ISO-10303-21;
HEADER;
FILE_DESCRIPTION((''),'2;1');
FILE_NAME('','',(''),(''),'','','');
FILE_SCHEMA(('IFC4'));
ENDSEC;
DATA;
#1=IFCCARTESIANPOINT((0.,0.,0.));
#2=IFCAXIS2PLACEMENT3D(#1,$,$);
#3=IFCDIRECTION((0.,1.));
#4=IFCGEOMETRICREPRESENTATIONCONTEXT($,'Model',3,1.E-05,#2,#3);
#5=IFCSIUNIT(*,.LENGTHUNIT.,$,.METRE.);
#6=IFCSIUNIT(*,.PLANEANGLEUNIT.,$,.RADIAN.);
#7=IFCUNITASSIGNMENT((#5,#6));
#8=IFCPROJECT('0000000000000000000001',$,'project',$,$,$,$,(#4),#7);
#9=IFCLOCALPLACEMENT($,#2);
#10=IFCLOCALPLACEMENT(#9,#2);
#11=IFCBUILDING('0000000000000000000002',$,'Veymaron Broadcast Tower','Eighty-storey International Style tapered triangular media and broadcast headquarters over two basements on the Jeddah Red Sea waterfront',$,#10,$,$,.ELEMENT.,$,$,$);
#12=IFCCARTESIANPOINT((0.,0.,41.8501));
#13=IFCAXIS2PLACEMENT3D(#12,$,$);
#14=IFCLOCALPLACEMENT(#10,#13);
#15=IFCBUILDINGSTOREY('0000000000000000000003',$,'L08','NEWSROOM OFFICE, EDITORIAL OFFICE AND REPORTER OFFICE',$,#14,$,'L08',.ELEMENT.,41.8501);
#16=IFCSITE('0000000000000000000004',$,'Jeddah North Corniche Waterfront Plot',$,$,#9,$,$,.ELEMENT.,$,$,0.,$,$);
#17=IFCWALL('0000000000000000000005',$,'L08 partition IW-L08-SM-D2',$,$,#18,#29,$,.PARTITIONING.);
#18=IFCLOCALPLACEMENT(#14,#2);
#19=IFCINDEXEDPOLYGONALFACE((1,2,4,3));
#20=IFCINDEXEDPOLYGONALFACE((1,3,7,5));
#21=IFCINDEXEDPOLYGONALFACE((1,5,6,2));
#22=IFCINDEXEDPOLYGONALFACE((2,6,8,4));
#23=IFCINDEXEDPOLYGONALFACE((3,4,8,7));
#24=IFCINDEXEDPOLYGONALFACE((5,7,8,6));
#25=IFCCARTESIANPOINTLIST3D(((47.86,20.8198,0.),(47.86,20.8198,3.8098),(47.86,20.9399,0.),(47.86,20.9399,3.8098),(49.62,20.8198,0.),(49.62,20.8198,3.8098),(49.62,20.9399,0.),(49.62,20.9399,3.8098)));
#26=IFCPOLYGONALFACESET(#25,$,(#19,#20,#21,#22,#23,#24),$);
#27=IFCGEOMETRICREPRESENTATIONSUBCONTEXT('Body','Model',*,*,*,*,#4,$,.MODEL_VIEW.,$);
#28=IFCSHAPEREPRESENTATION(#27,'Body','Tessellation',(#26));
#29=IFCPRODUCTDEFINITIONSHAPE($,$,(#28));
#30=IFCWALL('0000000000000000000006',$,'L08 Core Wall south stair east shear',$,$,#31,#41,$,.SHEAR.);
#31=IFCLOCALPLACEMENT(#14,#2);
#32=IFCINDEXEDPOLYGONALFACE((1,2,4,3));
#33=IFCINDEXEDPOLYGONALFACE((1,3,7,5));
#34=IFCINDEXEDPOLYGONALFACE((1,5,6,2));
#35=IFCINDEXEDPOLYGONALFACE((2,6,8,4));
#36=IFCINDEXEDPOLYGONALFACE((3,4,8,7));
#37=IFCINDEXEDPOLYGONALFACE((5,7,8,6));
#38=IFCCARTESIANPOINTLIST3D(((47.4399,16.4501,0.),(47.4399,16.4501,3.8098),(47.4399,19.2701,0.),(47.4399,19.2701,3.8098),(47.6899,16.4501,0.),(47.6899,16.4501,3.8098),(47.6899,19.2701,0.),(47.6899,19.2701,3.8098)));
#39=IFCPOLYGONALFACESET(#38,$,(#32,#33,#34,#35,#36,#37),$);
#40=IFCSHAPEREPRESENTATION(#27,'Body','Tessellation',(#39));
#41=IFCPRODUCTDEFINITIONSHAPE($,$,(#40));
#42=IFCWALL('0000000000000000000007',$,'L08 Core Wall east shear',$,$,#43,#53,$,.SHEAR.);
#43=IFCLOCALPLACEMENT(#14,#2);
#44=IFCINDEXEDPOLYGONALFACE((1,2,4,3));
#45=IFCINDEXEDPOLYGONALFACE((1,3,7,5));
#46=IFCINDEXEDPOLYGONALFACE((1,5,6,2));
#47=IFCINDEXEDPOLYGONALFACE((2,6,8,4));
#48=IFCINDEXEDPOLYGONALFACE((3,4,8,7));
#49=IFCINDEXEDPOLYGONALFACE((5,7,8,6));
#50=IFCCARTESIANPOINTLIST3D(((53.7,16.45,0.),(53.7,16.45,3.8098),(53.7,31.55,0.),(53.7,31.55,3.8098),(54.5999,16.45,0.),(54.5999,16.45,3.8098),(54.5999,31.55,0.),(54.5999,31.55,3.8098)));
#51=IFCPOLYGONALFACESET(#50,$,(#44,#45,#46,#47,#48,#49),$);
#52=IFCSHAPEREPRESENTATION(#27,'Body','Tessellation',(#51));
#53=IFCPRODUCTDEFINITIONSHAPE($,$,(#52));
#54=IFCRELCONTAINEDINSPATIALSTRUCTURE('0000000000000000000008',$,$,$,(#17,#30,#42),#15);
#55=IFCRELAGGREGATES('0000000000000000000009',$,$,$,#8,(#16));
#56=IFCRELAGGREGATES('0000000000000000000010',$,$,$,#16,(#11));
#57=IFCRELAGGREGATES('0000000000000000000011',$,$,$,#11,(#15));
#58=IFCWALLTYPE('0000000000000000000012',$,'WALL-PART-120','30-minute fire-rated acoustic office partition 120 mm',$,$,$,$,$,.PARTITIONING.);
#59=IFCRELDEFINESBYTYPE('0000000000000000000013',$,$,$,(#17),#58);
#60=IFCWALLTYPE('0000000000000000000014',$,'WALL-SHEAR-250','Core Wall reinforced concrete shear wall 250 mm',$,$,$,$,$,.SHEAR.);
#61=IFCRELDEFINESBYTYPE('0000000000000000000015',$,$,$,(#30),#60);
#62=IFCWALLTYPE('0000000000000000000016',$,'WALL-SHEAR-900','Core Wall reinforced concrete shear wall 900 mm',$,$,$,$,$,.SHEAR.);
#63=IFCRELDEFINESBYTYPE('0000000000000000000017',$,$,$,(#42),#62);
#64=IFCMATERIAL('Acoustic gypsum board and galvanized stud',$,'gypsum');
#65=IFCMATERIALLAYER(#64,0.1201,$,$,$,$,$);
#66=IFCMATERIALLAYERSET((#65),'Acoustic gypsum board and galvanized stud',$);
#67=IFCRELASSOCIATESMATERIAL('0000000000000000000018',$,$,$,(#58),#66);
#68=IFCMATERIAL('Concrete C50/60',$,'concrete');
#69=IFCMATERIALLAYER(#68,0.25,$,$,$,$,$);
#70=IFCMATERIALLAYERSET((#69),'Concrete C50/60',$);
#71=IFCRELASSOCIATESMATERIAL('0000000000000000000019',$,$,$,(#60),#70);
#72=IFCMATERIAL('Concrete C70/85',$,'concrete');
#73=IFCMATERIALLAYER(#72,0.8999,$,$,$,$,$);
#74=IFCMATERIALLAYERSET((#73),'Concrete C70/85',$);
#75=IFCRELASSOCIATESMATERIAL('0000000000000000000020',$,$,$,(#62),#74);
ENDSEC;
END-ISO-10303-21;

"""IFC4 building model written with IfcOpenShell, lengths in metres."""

from ifc_helpers import new_model, si_unit, direction, frame, frame_2d, origin, place, context, subcontext, project, spatial, rectangle, extrude, material, layer, layer_set, type_object, element, save


model = new_model("IFC4")

# Units and contexts
model_context = context("Model", 3, precision=1e-05, world=origin(), true_north=direction((0.0, 1.0)))
body_context = subcontext(model_context, "Body", "Model", "MODEL_VIEW")
ifc_project = project(units=[si_unit("LENGTHUNIT", "METRE"), si_unit("PLANEANGLEUNIT", "RADIAN")], contexts=[model_context])

# Site, building, storey
site_placement = place(None, origin())
site = spatial("IfcSite", under=ifc_project, at=site_placement, Name="Jeddah North Corniche Waterfront Plot", CompositionType="ELEMENT", RefElevation=0.0)
building_placement = place(site_placement, origin())
building = spatial("IfcBuilding", under=site, at=building_placement, Name="Veymaron Broadcast Tower", Description="Eighty-storey International Style tapered triangular media and broadcast headquarters over two basements on the Jeddah Red Sea waterfront", CompositionType="ELEMENT")
storey_placement = place(building_placement, frame((0.0, 0.0, 41.8501)))
storey = spatial("IfcBuildingStorey", under=building, at=storey_placement, Name="L08", Description="NEWSROOM OFFICE, EDITORIAL OFFICE AND REPORTER OFFICE", LongName="L08", CompositionType="ELEMENT", Elevation=41.8501)

# Wall
ifc_material_1 = material(Name="Acoustic gypsum board and galvanized stud", Category="gypsum")
ifc_layer_1 = layer(ifc_material_1, 0.1201)
ifc_layer_set_1 = layer_set([ifc_layer_1], Name="Acoustic gypsum board and galvanized stud")
wall_type_1 = type_object("IfcWallType", Name="WALL-PART-120", Description="30-minute fire-rated acoustic office partition 120 mm", PredefinedType="PARTITIONING", material=ifc_layer_set_1)
for number, where, z_axis, x_axis, name in (
    (1, (47.8601, 20.8799, 0.0), (0.0, 0.0, 1.0), (1.0, 0.0, 0.0), "L08 partition IW-L08-SM-D2"),
):
    element("IfcWall", number, at=place(storey_placement, frame(where, z_axis=z_axis, x_axis=x_axis)), inside=storey, type_object=wall_type_1, Name=name, PredefinedType="PARTITIONING", context=body_context, shape_type="SweptSolid", body=[
        extrude(rectangle(XDim=1.76, YDim=0.1201, at=frame_2d((0.8799, 0.0))), origin(), (0.0, 0.0, 1.0), 3.8098),
    ])

# Walls
ifc_material_2 = material(Name="Concrete C50/60", Category="concrete")
ifc_layer_2 = layer(ifc_material_2, 0.25)
ifc_layer_set_2 = layer_set([ifc_layer_2], Name="Concrete C50/60")
wall_type_2 = type_object("IfcWallType", Name="WALL-SHEAR-250", Description="Core Wall reinforced concrete shear wall 250 mm", PredefinedType="SHEAR", material=ifc_layer_set_2)
wall_1_placement = place(storey_placement, frame((47.5649, 16.45, 0.0), z_axis=(0.0, 0.0, 1.0), x_axis=(0.0, 1.0, 0.0)))
element("IfcWall", 2, at=wall_1_placement, inside=storey, type_object=wall_type_2, Name="L08 Core Wall south stair east shear", PredefinedType="SHEAR", context=body_context, shape_type="SweptSolid", body=[
    extrude(rectangle(XDim=2.8201, YDim=0.25, at=frame_2d((1.4102, 0.0))), origin(), (0.0, 0.0, 1.0), 3.8098),
])
ifc_material_3 = material(Name="Concrete C70/85", Category="concrete")
ifc_layer_3 = layer(ifc_material_3, 0.8999)
ifc_layer_set_3 = layer_set([ifc_layer_3], Name="Concrete C70/85")
wall_type_3 = type_object("IfcWallType", Name="WALL-SHEAR-900", Description="Core Wall reinforced concrete shear wall 900 mm", PredefinedType="SHEAR", material=ifc_layer_set_3)
wall_2_placement = place(storey_placement, frame((54.1499, 16.45, 0.0), z_axis=(0.0, 0.0, 1.0), x_axis=(0.0, 1.0, 0.0)))
element("IfcWall", 3, at=wall_2_placement, inside=storey, type_object=wall_type_3, Name="L08 Core Wall east shear", PredefinedType="SHEAR", context=body_context, shape_type="SweptSolid", body=[
    extrude(rectangle(XDim=15.1001, YDim=0.8999, at=frame_2d((7.55, 0.0))), origin(), (0.0, 0.0, 1.0), 3.8098),
])

save(model, "model.ifc")
